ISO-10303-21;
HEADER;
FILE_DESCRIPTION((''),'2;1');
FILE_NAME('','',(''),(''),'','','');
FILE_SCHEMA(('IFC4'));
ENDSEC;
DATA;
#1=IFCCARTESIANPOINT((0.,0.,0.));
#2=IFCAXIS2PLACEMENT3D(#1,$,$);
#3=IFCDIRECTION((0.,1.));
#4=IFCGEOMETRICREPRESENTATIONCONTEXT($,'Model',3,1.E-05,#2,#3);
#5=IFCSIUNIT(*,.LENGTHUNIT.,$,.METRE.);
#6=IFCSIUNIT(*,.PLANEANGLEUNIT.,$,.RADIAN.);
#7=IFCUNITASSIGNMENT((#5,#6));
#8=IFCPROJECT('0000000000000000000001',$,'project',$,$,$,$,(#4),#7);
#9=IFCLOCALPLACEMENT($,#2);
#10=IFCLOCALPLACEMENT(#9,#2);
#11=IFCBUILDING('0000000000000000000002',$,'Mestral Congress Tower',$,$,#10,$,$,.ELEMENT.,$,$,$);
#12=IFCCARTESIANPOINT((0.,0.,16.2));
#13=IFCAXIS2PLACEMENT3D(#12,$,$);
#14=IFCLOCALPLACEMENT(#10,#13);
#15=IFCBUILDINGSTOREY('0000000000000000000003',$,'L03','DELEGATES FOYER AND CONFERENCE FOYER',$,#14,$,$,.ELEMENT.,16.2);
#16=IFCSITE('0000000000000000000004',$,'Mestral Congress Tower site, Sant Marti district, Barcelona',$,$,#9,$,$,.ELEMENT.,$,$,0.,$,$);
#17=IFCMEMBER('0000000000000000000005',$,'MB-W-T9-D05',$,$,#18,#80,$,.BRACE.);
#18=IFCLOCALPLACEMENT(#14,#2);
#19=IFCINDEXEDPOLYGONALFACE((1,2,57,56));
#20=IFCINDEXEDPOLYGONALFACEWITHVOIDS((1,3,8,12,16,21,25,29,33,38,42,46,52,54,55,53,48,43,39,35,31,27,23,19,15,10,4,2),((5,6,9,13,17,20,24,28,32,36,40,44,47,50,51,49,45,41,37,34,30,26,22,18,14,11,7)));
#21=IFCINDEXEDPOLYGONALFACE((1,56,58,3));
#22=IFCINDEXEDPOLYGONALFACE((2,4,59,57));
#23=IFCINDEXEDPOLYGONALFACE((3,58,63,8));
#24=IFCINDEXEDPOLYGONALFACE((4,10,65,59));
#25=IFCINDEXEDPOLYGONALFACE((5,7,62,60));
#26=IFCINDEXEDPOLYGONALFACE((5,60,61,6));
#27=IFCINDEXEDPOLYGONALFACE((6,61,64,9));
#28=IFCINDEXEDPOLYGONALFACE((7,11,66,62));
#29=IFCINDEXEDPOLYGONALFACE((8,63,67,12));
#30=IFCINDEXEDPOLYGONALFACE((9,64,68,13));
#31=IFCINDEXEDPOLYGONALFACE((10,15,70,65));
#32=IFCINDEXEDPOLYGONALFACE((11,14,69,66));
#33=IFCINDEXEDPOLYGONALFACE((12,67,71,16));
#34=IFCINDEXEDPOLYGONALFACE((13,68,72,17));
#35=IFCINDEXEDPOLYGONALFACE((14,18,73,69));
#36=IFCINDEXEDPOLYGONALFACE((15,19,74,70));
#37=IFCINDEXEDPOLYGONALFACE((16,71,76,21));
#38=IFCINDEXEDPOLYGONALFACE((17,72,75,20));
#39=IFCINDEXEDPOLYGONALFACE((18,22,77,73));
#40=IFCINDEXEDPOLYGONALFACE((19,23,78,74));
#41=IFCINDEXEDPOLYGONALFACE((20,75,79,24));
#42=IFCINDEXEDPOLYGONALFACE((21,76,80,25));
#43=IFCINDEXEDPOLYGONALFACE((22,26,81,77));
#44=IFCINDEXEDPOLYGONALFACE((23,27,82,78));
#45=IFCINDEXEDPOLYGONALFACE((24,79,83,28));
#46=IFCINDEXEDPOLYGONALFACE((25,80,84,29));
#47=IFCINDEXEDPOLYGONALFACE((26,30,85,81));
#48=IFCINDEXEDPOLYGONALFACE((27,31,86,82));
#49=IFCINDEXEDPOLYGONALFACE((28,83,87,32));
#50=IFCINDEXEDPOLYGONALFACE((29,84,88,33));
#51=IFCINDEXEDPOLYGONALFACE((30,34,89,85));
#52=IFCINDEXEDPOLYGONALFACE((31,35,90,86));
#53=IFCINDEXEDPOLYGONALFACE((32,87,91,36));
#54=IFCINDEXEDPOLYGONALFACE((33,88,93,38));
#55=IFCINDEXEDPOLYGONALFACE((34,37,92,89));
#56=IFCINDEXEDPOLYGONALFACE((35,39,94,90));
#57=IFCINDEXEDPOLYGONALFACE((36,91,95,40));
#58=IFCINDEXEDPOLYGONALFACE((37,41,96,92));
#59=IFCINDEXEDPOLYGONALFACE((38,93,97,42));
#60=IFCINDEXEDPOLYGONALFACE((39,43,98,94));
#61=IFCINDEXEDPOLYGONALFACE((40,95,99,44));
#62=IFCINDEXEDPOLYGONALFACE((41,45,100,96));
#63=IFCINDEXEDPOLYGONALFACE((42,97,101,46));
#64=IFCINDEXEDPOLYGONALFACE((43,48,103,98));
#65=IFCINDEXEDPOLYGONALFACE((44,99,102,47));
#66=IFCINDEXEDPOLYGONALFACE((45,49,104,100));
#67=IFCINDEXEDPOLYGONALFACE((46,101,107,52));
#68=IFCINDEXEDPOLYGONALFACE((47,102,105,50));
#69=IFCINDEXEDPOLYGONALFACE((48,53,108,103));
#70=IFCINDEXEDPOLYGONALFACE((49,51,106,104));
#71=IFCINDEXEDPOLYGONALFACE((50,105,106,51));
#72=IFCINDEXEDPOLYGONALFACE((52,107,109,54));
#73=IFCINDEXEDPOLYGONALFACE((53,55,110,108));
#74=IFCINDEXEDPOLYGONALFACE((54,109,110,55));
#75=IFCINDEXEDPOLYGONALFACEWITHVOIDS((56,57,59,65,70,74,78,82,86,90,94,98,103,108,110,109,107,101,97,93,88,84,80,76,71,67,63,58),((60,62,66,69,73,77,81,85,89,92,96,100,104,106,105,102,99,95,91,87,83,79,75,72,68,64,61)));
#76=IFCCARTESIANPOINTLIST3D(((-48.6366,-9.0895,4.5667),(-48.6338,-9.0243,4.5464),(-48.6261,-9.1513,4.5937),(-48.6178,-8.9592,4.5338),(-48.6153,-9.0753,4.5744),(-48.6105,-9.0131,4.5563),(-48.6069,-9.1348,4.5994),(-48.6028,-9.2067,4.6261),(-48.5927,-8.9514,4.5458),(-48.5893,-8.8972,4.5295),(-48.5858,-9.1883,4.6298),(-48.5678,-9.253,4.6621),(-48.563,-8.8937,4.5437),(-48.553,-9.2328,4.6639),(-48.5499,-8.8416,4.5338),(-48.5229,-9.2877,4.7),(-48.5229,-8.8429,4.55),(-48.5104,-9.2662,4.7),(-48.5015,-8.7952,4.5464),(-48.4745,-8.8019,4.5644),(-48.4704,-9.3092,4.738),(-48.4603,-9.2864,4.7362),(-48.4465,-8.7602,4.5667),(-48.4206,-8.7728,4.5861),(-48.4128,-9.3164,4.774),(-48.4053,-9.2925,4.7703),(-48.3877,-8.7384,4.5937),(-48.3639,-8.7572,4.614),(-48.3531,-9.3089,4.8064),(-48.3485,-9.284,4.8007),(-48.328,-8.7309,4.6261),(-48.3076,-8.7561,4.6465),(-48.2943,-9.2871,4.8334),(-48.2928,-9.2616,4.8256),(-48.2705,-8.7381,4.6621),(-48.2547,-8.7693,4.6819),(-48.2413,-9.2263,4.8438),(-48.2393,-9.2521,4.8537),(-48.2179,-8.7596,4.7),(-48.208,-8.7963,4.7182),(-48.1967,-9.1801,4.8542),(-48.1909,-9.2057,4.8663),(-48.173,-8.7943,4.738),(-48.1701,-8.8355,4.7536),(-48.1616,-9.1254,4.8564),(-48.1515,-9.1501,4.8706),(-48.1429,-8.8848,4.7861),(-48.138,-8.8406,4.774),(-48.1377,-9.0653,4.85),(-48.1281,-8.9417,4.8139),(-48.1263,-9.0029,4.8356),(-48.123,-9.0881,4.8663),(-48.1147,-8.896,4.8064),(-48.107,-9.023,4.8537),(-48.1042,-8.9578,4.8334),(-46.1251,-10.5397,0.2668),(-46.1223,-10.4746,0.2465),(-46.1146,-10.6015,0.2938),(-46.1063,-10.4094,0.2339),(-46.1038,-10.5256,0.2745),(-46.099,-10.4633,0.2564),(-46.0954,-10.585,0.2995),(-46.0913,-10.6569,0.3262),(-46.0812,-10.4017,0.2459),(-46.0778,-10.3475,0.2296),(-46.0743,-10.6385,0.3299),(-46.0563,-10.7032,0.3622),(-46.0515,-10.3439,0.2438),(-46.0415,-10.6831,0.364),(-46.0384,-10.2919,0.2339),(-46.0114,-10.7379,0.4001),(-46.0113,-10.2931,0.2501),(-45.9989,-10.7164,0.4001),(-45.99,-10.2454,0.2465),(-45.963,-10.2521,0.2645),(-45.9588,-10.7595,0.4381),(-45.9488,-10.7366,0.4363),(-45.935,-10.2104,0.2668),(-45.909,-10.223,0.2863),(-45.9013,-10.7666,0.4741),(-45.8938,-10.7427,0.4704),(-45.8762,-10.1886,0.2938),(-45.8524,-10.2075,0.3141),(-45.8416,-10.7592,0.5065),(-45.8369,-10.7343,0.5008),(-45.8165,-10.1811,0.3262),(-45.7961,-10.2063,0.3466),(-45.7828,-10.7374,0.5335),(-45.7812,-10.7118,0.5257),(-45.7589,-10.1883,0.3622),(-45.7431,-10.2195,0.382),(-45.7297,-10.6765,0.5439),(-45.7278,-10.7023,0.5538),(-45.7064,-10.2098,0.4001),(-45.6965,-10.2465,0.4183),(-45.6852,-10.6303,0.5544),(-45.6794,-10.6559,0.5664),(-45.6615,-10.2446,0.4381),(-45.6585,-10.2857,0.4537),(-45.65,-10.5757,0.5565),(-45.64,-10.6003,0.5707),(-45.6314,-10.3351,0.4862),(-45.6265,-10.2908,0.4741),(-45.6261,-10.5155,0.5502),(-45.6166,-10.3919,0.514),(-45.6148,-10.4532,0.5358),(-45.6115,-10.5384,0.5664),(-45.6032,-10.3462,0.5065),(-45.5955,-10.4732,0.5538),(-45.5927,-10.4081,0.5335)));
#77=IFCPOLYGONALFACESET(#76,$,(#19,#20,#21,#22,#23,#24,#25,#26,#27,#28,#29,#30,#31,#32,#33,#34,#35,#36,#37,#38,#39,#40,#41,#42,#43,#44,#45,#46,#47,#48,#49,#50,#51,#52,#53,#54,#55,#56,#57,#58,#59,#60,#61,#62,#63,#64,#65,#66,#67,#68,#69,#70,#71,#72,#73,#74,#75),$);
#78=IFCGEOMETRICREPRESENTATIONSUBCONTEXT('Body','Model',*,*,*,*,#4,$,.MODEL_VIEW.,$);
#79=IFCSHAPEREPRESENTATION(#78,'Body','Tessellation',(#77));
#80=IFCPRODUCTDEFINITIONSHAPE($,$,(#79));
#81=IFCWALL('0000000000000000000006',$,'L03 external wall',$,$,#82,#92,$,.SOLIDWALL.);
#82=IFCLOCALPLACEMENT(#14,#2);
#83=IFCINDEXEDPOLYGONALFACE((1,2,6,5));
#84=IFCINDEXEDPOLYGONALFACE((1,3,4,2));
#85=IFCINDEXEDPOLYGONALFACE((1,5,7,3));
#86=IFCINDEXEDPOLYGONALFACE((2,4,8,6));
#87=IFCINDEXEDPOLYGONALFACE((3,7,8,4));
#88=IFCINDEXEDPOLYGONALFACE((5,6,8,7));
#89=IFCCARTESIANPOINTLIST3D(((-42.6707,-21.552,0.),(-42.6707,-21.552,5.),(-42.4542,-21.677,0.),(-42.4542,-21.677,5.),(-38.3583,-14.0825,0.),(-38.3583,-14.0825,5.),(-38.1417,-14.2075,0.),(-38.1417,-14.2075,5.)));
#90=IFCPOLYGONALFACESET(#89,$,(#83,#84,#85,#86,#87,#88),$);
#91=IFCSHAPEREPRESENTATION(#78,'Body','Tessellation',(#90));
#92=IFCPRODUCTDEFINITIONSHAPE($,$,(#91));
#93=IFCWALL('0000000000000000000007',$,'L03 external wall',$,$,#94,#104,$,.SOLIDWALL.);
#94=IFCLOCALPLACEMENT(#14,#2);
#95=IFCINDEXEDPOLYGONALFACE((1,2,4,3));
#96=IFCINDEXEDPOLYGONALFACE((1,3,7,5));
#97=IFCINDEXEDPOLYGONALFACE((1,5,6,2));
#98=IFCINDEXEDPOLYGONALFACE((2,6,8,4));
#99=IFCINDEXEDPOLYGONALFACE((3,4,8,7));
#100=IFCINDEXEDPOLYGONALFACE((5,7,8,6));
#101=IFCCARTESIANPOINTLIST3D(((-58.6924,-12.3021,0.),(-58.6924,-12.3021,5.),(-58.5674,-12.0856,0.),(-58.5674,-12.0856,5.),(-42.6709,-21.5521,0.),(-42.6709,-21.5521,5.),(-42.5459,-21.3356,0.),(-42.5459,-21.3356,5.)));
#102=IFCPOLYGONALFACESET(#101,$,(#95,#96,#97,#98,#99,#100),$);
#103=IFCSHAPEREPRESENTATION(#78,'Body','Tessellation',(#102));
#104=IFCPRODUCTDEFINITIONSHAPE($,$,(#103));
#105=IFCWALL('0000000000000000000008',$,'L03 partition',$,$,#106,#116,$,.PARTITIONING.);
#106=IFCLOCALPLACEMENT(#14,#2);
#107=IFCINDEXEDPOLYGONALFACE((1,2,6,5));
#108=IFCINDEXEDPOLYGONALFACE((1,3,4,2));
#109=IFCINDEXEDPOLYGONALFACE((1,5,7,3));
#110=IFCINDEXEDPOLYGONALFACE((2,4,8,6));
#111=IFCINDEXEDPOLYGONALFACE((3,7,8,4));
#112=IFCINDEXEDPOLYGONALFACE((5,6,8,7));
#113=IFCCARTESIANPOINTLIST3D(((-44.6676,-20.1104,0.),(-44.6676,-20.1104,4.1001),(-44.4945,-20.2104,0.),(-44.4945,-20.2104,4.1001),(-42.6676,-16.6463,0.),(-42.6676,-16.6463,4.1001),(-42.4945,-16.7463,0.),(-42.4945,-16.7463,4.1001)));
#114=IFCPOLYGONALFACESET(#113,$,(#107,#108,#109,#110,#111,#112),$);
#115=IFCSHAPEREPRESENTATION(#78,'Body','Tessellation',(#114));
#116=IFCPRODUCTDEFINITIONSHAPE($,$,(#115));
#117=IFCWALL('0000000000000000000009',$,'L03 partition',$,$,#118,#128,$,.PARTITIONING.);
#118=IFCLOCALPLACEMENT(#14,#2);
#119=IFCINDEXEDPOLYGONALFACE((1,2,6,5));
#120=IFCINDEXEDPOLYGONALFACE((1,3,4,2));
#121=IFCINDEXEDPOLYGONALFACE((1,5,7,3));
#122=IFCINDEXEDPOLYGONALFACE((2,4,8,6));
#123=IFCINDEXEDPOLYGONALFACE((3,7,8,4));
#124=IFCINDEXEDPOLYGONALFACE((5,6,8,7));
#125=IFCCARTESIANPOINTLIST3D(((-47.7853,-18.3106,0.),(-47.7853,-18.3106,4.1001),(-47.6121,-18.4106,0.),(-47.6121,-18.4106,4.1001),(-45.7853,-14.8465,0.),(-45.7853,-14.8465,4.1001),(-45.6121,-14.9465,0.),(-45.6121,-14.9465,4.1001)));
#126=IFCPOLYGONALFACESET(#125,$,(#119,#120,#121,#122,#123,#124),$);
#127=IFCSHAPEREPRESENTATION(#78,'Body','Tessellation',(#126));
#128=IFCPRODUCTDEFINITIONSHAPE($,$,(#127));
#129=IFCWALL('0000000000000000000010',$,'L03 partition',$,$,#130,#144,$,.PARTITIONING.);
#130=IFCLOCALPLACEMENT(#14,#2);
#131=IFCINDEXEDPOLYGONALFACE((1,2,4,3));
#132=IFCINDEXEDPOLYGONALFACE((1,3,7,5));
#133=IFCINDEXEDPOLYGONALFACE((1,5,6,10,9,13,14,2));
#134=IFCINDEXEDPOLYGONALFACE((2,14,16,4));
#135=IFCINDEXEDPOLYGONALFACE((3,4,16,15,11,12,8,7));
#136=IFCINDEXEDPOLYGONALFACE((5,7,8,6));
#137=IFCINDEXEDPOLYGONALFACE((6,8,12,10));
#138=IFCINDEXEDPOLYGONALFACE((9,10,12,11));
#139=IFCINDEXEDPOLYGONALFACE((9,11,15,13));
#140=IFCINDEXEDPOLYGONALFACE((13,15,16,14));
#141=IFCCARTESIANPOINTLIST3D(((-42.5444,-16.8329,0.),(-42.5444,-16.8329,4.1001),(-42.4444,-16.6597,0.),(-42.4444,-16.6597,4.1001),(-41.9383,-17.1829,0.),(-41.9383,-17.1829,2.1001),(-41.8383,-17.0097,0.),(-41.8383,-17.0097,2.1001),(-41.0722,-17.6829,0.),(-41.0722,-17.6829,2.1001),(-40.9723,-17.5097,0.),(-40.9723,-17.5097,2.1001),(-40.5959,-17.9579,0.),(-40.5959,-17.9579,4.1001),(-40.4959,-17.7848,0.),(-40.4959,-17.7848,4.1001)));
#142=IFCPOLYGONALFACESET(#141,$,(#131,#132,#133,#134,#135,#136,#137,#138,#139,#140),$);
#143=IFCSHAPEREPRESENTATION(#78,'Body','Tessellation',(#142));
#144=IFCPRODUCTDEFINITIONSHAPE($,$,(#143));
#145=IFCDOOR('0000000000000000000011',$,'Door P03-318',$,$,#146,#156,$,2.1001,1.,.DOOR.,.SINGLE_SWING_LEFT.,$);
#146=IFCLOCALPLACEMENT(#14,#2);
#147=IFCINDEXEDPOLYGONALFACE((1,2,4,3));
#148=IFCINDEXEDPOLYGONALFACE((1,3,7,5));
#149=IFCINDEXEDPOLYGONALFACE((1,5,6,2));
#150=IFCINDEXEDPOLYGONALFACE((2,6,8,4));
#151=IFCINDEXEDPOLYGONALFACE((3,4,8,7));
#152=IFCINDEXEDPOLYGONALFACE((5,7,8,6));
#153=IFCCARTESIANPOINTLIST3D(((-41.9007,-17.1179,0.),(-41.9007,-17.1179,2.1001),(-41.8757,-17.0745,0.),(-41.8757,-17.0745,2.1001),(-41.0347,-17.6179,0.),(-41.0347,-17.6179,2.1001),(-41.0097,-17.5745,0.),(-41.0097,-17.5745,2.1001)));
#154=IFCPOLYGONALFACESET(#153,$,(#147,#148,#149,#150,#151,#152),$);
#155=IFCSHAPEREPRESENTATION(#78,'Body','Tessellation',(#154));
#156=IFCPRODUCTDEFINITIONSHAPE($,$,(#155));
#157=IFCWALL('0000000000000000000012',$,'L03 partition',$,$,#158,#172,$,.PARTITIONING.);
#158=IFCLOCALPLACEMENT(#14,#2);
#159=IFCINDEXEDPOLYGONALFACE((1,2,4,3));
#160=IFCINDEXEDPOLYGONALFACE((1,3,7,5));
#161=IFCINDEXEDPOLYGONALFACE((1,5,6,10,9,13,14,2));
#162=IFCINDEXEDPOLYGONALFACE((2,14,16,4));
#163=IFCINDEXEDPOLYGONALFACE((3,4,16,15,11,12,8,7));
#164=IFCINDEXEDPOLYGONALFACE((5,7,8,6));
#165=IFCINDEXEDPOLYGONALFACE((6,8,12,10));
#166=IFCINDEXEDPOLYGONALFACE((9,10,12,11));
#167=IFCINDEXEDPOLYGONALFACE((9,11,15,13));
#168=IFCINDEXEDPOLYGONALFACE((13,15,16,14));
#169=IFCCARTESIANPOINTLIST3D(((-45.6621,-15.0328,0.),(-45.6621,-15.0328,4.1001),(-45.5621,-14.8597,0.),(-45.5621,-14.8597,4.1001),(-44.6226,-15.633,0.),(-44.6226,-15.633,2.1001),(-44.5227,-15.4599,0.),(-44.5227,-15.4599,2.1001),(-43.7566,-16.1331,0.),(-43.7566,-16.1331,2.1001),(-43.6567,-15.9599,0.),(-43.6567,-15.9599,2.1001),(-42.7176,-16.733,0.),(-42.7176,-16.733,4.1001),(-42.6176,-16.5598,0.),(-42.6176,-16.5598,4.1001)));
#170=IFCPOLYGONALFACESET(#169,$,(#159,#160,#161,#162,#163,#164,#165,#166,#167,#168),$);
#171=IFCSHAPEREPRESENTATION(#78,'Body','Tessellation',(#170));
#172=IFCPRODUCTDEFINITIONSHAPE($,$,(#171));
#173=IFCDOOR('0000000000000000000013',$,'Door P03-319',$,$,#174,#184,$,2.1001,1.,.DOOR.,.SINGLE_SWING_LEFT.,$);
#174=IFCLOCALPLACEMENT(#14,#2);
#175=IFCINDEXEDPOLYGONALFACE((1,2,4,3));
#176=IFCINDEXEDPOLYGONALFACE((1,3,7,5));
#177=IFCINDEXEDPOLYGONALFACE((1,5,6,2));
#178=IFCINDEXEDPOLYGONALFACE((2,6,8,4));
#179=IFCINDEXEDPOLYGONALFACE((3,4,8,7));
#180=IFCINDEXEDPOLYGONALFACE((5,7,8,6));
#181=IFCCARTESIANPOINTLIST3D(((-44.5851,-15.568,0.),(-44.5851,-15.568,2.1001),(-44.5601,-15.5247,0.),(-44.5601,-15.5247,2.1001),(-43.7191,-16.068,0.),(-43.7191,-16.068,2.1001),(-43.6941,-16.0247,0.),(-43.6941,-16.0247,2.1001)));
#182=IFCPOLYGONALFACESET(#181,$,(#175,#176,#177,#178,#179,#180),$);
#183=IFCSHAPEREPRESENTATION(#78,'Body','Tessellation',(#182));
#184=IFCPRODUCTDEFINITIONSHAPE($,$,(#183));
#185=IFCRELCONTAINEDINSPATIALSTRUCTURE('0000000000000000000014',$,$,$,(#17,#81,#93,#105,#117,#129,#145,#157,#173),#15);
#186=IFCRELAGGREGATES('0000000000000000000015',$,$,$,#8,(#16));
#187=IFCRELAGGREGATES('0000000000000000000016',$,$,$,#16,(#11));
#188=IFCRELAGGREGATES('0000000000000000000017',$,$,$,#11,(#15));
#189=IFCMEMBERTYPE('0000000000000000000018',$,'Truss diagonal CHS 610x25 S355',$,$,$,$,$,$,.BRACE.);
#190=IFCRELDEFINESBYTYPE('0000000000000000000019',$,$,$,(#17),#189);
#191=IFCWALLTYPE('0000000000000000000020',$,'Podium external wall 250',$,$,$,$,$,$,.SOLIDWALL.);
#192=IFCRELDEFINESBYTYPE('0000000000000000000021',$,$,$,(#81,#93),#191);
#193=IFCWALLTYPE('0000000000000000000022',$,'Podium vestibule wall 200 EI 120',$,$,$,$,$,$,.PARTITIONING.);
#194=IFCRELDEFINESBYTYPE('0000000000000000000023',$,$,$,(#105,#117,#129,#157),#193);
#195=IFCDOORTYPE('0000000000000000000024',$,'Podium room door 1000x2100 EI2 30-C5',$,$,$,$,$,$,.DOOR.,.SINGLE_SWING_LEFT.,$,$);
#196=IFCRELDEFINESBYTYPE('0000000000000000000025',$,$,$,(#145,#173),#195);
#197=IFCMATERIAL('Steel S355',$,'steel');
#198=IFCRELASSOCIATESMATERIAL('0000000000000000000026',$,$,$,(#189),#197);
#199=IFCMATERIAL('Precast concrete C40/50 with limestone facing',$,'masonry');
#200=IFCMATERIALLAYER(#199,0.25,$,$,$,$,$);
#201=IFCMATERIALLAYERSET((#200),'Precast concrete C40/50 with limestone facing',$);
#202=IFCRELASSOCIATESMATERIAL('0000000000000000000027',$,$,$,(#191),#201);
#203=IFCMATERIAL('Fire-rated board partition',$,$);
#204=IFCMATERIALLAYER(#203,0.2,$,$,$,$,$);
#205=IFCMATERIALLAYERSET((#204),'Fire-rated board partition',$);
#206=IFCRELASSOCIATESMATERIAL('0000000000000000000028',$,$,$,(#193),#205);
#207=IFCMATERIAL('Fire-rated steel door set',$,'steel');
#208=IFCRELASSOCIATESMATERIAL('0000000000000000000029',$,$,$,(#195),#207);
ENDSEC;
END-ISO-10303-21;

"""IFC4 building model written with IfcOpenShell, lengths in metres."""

from ifc_helpers import new_model, si_unit, direction, frame, frame_2d, origin, origin_2d, place, context, subcontext, project, spatial, rectangle, hollow_circle, extrude, material, layer, layer_set, material_profile, profile_set, type_object, element, fill, save


model = new_model("IFC4")

# Units and contexts
model_context = context("Model", 3, precision=1e-05, world=origin(), true_north=direction((0.0, 1.0)))
body_context = subcontext(model_context, "Body", "Model", "MODEL_VIEW")
ifc_project = project(units=[si_unit("LENGTHUNIT", "METRE"), si_unit("PLANEANGLEUNIT", "RADIAN")], contexts=[model_context])

# Site, building, storey
site_placement = place(None, origin())
site = spatial("IfcSite", under=ifc_project, at=site_placement, Name="Mestral Congress Tower site, Sant Marti district, Barcelona", CompositionType="ELEMENT", RefElevation=0.0)
building_placement = place(site_placement, origin())
building = spatial("IfcBuilding", under=site, at=building_placement, Name="Mestral Congress Tower", CompositionType="ELEMENT")
storey_placement = place(building_placement, frame((0.0, 0.0, 16.2)))
storey = spatial("IfcBuildingStorey", under=building, at=storey_placement, Name="L03", Description="DELEGATES FOYER AND CONFERENCE FOYER", CompositionType="ELEMENT", Elevation=16.2)

# Shared definitions
ifc_material_1 = material(Name="Steel S355", Category="steel")

# Member
ifc_material_profile_1 = material_profile(ifc_material_1, hollow_circle(Radius=0.3049, WallThickness=0.0249, at=origin_2d()), Name="CHS 610x25")
ifc_profile_set_1 = profile_set([ifc_material_profile_1], Name="Steel S355")
member_type_1 = type_object("IfcMemberType", Name="Truss diagonal CHS 610x25 S355", PredefinedType="BRACE", material=ifc_profile_set_1)
member_1_placement = place(storey_placement, frame((-45.8589, -10.4739, 0.4001), z_axis=(-0.484241, 0.279614, 0.829052), x_axis=(-0.50005, -0.865996, 0.0)))
element("IfcMember", 1, at=member_1_placement, inside=storey, type_object=member_type_1, Name="MB-W-T9-D05", PredefinedType="BRACE", context=body_context, shape_type="SweptSolid", body=[
    extrude(hollow_circle(Radius=0.3049, WallThickness=0.0249, at=origin_2d()), origin(), (0.0, 0.0, 1.0), 5.1865),
])

# Walls
ifc_material_2 = material(Name="Precast concrete C40/50 with limestone facing", Category="masonry")
ifc_layer_1 = layer(ifc_material_2, 0.25)
ifc_layer_set_1 = layer_set([ifc_layer_1], Name="Precast concrete C40/50 with limestone facing")
wall_type_1 = type_object("IfcWallType", Name="Podium external wall 250", PredefinedType="SOLIDWALL", material=ifc_layer_set_1)
wall_1_placement = place(storey_placement, frame((-38.25, -14.145, 0.0), z_axis=(0.0, 0.0, 1.0), x_axis=(-0.499999, -0.866026, 0.0)))
element("IfcWall", 2, at=wall_1_placement, inside=storey, type_object=wall_type_1, Name="L03 external wall", PredefinedType="SOLIDWALL", context=body_context, shape_type="SweptSolid", body=[
    extrude(rectangle(XDim=8.625, YDim=0.25, at=frame_2d((4.3125, 0.0))), origin(), (0.0, 0.0, 1.0), 5.0),
])
wall_2_placement = place(storey_placement, frame((-42.6084, -21.4438, 0.0), z_axis=(0.0, 0.0, 1.0), x_axis=(-0.866026, 0.5, 0.0)))
element("IfcWall", 3, at=wall_2_placement, inside=storey, type_object=wall_type_1, Name="L03 external wall", PredefinedType="SOLIDWALL", context=body_context, shape_type="SweptSolid", body=[
    extrude(rectangle(XDim=18.5, YDim=0.25, at=frame_2d((9.25, 0.0))), origin(), (0.0, 0.0, 1.0), 5.0),
])
ifc_material_3 = material(Name="Fire-rated board partition")
ifc_layer_2 = layer(ifc_material_3, 0.2)
ifc_layer_set_2 = layer_set([ifc_layer_2], Name="Fire-rated board partition")
wall_type_2 = type_object("IfcWallType", Name="Podium vestibule wall 200 EI 120", PredefinedType="PARTITIONING", material=ifc_layer_set_2)
for number, where, z_axis, x_axis, name in (
    (4, (-42.5811, -16.6963, 0.0), (0.0, 0.0, 1.0), (-0.499999, -0.866026, 0.0), "L03 partition"),
    (5, (-45.6987, -14.8965, 0.0), (0.0, 0.0, 1.0), (-0.499999, -0.866026, 0.0), "L03 partition"),
):
    element("IfcWall", number, at=place(storey_placement, frame(where, z_axis=z_axis, x_axis=x_axis)), inside=storey, type_object=wall_type_2, Name=name, PredefinedType="PARTITIONING", context=body_context, shape_type="SweptSolid", body=[
        extrude(rectangle(XDim=4.0, YDim=0.2, at=frame_2d((2.0, 0.0))), origin(), (0.0, 0.0, 1.0), 4.1001),
    ])

# Walls, openings, doors
wall_3_placement = place(storey_placement, frame((-40.5459, -17.8713, 0.0), z_axis=(0.0, 0.0, 1.0), x_axis=(-0.866018, 0.500014, 0.0)))
wall_3 = element("IfcWall", 6, at=wall_3_placement, inside=storey, type_object=wall_type_2, Name="L03 partition", PredefinedType="PARTITIONING", context=body_context, shape_type="SweptSolid", body=[
    extrude(rectangle(XDim=2.25, YDim=0.2, at=frame_2d((1.125, 0.0))), origin(), (0.0, 0.0, 1.0), 4.1001),
])
opening_1_placement = place(wall_3_placement, frame((0.55, 0.0, 0.0)))
opening_1 = element("IfcOpeningElement", 7, at=opening_1_placement, cuts=wall_3, PredefinedType="OPENING", context=body_context, shape_type="SweptSolid", body=[
    extrude(rectangle(XDim=1.0, YDim=2.1001, at=frame_2d((0.5, 1.05))), frame((0.0, 0.1099, 0.0), z_axis=(0.0, -1.0, 0.0), x_axis=(1.0, 0.0, 0.0)), (0.0, 0.0, 1.0), 0.22),
])
ifc_material_4 = material(Name="Fire-rated steel door set", Category="steel")
door_type = type_object("IfcDoorType", Name="Podium room door 1000x2100 EI2 30-C5", OperationType="SINGLE_SWING_LEFT", PredefinedType="DOOR", material=ifc_material_4)
door_1_placement = place(opening_1_placement, origin())
door_1 = element("IfcDoor", 8, at=door_1_placement, inside=storey, type_object=door_type, Name="Door P03-318", OperationType="SINGLE_SWING_LEFT", OverallHeight=2.1001, OverallWidth=1.0, PredefinedType="DOOR", context=body_context, shape_type="SweptSolid", body=[
    extrude(rectangle(XDim=1.0, YDim=2.1001, at=frame_2d((0.5, 1.05))), frame((0.0, 0.0249, 0.0), z_axis=(0.0, -1.0, 0.0), x_axis=(1.0, 0.0, 0.0)), (0.0, 0.0, 1.0), 0.05),
])
fill(opening_1, door_1)
wall_4_placement = place(storey_placement, frame((-42.6675, -16.6465, 0.0), z_axis=(0.0, 0.0, 1.0), x_axis=(-0.866007, 0.500031, 0.0)))
wall_4 = element("IfcWall", 9, at=wall_4_placement, inside=storey, type_object=wall_type_2, Name="L03 partition", PredefinedType="PARTITIONING", context=body_context, shape_type="SweptSolid", body=[
    extrude(rectangle(XDim=3.4001, YDim=0.2, at=frame_2d((1.7002, 0.0))), origin(), (0.0, 0.0, 1.0), 4.1001),
])
opening_2_placement = place(wall_4_placement, frame((1.2, 0.0, 0.0)))
opening_2 = element("IfcOpeningElement", 10, at=opening_2_placement, cuts=wall_4, PredefinedType="OPENING", context=body_context, shape_type="SweptSolid", body=[
    extrude(rectangle(XDim=1.0, YDim=2.1001, at=frame_2d((0.5, 1.05))), frame((0.0, 0.1099, 0.0), z_axis=(0.0, -1.0, 0.0), x_axis=(1.0, 0.0, 0.0)), (0.0, 0.0, 1.0), 0.22),
])
door_2_placement = place(opening_2_placement, origin())
door_2 = element("IfcDoor", 11, at=door_2_placement, inside=storey, type_object=door_type, Name="Door P03-319", OperationType="SINGLE_SWING_LEFT", OverallHeight=2.1001, OverallWidth=1.0, PredefinedType="DOOR", context=body_context, shape_type="SweptSolid", body=[
    extrude(rectangle(XDim=1.0, YDim=2.1001, at=frame_2d((0.5, 1.05))), frame((0.0, 0.0249, 0.0), z_axis=(0.0, -1.0, 0.0), x_axis=(1.0, 0.0, 0.0)), (0.0, 0.0, 1.0), 0.05),
])
fill(opening_2, door_2)

save(model, "model.ifc")
